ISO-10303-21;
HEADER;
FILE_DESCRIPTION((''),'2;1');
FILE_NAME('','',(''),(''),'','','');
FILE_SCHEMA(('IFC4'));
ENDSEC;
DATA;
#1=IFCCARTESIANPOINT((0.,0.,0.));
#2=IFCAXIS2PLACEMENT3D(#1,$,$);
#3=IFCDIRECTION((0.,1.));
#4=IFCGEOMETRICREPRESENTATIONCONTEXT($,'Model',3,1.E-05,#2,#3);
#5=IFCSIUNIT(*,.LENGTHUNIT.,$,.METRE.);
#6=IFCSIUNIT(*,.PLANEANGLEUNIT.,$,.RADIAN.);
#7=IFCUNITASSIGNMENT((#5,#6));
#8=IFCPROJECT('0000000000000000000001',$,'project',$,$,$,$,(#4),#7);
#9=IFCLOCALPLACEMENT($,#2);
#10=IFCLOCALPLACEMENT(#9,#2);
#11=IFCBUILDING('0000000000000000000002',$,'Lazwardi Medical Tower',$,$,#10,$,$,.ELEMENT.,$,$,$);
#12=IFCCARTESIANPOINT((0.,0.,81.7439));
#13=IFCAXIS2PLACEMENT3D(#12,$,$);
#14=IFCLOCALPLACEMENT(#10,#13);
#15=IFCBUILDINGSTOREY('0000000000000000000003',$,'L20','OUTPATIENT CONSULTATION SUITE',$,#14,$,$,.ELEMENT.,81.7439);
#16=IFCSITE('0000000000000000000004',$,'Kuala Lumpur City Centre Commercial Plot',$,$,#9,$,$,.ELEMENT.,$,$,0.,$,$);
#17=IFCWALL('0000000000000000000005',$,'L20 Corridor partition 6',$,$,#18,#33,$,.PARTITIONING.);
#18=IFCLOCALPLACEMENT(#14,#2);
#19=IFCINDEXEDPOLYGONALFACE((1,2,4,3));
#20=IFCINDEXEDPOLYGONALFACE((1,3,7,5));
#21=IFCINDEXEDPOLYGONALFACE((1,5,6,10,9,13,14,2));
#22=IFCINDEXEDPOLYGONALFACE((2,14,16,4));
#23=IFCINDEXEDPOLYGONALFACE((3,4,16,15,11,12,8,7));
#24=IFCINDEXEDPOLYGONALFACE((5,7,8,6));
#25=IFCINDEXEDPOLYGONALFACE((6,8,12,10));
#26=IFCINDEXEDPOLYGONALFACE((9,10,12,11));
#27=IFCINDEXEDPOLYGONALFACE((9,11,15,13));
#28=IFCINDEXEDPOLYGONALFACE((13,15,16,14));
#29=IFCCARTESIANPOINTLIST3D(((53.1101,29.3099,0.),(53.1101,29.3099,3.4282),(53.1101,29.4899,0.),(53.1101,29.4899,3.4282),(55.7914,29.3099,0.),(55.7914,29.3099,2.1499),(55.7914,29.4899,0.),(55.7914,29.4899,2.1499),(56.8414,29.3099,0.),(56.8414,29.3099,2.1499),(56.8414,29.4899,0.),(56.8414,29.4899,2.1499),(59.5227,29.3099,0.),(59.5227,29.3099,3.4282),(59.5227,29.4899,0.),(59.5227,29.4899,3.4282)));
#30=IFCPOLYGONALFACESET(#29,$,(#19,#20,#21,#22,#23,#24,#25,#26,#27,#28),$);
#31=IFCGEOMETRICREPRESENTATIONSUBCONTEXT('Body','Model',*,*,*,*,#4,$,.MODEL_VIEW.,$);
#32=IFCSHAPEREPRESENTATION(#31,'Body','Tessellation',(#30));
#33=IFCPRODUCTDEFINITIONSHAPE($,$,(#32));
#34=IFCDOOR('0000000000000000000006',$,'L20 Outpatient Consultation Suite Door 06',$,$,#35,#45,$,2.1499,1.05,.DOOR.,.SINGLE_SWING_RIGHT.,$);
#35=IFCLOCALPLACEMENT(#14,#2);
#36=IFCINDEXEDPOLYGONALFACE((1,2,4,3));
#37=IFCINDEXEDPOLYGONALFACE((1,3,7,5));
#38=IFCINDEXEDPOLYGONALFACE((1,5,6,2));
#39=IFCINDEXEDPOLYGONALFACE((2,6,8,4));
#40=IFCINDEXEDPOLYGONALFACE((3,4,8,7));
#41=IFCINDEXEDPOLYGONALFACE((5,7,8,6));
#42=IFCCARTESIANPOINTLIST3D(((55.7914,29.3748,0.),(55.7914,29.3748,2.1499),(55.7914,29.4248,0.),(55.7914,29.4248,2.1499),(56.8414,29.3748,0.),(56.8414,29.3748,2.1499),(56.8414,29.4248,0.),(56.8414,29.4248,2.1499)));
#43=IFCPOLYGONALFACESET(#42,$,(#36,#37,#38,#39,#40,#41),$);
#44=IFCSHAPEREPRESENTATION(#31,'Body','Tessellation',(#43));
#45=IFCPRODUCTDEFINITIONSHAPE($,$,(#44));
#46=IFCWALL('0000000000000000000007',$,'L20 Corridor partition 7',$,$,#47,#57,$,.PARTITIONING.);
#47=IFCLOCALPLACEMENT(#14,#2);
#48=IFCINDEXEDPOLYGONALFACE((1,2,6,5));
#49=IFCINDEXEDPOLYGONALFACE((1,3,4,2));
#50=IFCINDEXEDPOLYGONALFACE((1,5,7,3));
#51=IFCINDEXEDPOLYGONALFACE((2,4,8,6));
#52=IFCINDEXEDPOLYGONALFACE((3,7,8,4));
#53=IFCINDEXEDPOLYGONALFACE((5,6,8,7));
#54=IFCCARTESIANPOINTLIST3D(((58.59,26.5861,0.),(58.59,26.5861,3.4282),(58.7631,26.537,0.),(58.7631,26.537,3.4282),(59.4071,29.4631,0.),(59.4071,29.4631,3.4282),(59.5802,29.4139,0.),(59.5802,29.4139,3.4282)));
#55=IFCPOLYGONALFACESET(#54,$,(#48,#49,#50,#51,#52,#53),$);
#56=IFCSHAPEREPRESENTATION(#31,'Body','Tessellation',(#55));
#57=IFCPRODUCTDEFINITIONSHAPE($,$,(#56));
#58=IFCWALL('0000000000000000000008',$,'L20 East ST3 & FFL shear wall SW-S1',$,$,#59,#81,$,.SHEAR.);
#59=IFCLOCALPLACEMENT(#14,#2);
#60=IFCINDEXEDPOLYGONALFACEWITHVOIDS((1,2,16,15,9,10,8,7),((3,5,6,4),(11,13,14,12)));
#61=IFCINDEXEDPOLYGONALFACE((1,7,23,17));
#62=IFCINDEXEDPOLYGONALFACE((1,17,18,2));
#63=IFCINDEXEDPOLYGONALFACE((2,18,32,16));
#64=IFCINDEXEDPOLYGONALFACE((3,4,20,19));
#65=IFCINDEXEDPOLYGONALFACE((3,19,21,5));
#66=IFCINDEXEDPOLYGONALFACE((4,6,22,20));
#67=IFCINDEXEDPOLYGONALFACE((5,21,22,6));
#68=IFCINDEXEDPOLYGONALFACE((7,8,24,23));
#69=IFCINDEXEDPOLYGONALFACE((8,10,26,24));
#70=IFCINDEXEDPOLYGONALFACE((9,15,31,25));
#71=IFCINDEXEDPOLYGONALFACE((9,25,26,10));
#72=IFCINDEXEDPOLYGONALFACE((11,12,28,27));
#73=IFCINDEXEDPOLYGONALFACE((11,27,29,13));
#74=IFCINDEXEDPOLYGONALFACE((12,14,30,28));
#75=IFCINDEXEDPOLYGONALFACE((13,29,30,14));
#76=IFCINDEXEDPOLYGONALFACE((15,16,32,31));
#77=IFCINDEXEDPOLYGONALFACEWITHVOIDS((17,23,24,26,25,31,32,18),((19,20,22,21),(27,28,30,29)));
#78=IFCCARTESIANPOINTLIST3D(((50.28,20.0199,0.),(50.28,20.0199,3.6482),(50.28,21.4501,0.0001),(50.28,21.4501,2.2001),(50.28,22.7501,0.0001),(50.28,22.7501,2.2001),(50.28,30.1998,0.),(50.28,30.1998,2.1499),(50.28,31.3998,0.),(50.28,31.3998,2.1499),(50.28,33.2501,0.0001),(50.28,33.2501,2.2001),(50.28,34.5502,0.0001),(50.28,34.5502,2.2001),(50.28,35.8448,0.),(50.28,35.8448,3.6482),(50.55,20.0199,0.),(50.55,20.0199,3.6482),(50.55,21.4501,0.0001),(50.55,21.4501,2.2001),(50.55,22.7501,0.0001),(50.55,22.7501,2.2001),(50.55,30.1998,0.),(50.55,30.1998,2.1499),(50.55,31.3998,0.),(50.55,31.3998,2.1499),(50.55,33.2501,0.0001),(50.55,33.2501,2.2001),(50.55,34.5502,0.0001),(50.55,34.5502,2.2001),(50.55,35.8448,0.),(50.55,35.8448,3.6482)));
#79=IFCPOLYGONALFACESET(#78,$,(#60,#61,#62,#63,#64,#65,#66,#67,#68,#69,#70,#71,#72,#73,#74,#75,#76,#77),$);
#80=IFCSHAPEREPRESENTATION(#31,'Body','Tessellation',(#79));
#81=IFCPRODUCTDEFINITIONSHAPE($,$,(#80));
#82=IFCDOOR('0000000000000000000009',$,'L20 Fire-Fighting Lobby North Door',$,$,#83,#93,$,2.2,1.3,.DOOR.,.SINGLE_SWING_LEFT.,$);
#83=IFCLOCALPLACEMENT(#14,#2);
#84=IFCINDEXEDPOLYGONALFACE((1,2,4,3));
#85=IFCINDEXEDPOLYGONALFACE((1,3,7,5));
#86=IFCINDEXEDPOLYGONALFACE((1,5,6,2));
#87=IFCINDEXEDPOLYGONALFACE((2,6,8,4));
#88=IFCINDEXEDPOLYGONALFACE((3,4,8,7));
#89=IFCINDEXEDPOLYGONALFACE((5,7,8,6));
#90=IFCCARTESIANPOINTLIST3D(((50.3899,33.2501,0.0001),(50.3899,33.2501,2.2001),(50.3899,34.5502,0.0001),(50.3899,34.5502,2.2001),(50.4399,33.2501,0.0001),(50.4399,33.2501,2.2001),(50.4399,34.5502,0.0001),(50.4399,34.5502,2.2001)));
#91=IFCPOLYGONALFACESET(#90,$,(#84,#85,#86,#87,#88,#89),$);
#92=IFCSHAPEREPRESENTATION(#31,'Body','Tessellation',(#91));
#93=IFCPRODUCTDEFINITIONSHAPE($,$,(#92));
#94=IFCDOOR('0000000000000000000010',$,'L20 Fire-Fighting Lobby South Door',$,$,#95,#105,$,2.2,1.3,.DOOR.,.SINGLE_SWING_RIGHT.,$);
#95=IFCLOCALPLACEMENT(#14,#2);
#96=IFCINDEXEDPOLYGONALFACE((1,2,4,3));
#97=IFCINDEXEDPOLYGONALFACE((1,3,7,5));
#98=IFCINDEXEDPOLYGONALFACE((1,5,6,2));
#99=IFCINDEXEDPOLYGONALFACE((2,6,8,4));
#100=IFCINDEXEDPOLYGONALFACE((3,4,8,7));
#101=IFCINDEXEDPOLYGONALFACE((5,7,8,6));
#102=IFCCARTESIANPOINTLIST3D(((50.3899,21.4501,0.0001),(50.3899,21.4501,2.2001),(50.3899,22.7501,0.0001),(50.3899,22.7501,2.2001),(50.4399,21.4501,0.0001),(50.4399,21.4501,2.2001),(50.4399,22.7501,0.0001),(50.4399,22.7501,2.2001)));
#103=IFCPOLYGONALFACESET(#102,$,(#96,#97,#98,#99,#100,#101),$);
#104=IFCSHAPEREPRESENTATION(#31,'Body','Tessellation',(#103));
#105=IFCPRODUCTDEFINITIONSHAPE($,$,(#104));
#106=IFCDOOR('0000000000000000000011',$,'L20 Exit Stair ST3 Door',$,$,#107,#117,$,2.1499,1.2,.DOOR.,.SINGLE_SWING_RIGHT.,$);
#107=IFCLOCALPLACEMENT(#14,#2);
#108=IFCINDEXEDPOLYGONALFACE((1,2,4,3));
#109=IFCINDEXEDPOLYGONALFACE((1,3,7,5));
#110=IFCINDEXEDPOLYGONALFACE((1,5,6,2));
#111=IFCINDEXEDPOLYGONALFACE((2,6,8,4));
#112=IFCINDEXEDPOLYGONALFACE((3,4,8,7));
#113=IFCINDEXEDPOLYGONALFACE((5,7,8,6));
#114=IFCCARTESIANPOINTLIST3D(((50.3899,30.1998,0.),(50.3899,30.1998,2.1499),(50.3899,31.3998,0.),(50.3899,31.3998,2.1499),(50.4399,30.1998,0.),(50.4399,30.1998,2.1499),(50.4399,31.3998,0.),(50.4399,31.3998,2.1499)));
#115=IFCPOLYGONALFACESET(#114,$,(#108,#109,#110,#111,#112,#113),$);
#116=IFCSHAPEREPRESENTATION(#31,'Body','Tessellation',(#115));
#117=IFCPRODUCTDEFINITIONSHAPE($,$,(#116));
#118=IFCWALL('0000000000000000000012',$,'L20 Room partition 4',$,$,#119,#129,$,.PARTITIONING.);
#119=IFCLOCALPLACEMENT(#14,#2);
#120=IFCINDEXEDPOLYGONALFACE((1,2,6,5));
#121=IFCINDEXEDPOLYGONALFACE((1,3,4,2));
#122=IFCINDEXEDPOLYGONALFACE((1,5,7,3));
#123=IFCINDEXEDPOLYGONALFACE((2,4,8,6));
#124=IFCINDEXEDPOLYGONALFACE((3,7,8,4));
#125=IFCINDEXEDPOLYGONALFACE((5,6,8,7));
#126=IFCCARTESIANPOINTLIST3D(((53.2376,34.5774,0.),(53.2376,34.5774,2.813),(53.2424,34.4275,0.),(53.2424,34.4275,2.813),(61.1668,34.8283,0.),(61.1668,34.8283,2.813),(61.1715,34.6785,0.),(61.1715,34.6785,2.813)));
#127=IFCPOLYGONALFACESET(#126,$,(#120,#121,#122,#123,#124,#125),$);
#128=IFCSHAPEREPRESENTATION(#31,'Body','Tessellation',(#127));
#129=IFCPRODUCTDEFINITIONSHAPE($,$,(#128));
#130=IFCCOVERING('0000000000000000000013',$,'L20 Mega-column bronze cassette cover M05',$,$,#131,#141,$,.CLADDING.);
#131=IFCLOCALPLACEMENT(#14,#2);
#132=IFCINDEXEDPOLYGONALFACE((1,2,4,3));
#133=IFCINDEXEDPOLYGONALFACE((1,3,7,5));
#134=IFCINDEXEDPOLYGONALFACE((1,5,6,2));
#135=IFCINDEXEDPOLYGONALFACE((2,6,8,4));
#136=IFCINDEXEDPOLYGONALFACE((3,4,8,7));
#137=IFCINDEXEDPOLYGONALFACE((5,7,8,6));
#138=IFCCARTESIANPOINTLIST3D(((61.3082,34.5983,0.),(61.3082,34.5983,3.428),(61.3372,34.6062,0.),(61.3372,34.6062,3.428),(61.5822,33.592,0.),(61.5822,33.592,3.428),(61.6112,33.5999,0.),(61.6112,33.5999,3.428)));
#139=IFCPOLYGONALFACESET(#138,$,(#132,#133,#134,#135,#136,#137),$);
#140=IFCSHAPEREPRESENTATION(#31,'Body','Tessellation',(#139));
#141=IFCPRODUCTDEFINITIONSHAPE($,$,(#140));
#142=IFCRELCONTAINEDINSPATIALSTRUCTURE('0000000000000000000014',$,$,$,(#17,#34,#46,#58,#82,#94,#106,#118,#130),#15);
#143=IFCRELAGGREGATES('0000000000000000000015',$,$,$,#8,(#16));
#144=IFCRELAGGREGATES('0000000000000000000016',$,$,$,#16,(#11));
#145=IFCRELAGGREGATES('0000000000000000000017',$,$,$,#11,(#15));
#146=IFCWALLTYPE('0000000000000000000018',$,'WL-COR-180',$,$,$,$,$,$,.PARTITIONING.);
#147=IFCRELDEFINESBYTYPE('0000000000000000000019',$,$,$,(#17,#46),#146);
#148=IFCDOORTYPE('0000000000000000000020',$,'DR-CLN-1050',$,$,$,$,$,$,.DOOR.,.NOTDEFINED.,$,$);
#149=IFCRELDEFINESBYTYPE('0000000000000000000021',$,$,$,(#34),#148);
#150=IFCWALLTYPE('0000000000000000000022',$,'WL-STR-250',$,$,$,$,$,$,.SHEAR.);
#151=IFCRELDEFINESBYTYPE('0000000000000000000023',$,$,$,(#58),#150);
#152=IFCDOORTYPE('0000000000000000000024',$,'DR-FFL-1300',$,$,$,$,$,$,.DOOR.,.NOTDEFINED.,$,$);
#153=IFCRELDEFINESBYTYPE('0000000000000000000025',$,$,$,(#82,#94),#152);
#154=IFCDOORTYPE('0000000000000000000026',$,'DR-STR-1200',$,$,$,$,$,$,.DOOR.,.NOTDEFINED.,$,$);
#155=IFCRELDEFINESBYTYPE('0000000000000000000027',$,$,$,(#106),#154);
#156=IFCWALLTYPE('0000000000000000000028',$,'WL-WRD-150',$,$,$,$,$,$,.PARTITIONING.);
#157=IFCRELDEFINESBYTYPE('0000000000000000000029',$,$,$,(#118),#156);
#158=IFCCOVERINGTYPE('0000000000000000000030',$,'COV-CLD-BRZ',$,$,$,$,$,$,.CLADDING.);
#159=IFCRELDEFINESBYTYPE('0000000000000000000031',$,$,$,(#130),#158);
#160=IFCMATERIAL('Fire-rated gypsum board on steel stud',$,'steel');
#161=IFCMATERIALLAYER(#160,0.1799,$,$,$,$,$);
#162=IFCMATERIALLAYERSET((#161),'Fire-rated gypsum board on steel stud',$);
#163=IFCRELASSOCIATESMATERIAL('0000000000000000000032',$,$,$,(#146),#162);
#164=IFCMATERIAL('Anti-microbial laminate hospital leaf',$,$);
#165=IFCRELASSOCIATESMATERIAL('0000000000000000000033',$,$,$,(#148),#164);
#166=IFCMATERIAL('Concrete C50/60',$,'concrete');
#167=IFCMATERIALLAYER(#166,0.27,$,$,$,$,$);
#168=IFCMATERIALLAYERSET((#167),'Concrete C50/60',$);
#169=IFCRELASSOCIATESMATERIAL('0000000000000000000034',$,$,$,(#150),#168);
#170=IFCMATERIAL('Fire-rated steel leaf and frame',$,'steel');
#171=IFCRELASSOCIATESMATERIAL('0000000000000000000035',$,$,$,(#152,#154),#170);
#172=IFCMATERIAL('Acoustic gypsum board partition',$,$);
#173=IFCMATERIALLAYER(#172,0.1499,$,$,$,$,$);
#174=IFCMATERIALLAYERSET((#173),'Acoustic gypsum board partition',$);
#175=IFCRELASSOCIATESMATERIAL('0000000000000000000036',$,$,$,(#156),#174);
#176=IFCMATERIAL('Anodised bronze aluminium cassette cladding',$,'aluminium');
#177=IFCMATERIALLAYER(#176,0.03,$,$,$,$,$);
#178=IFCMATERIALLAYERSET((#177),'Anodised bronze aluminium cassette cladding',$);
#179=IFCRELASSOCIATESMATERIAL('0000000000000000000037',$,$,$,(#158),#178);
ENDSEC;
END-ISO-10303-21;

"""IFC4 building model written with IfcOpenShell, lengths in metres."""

from ifc_helpers import new_model, si_unit, direction, frame, frame_2d, origin, origin_2d, place, context, subcontext, project, spatial, rectangle, extrude, material, layer, layer_set, type_object, element, fill, save


model = new_model("IFC4")

# Units and contexts
model_context = context("Model", 3, precision=1e-05, world=origin(), true_north=direction((0.0, 1.0)))
body_context = subcontext(model_context, "Body", "Model", "MODEL_VIEW")
ifc_project = project(units=[si_unit("LENGTHUNIT", "METRE"), si_unit("PLANEANGLEUNIT", "RADIAN")], contexts=[model_context])

# Site, building, storey
site_placement = place(None, origin())
site = spatial("IfcSite", under=ifc_project, at=site_placement, Name="Kuala Lumpur City Centre Commercial Plot", CompositionType="ELEMENT", RefElevation=0.0)
building_placement = place(site_placement, origin())
building = spatial("IfcBuilding", under=site, at=building_placement, Name="Lazwardi Medical Tower", CompositionType="ELEMENT")
storey_placement = place(building_placement, frame((0.0, 0.0, 81.7439)))
storey = spatial("IfcBuildingStorey", under=building, at=storey_placement, Name="L20", Description="OUTPATIENT CONSULTATION SUITE", CompositionType="ELEMENT", Elevation=81.7439)

# Shared definitions
ifc_material_1 = material(Name="Fire-rated gypsum board on steel stud", Category="steel")
ifc_layer_1 = layer(ifc_material_1, 0.1799)
ifc_layer_set_1 = layer_set([ifc_layer_1], Name="Fire-rated gypsum board on steel stud")
wall_type_1 = type_object("IfcWallType", Name="WL-COR-180", PredefinedType="PARTITIONING", material=ifc_layer_set_1)

# Wall, opening, door
wall_1_placement = place(storey_placement, frame((53.1101, 29.3999, 0.0), z_axis=(0.0, 0.0, 1.0), x_axis=(1.0, 0.0, 0.0)))
wall_1 = element("IfcWall", 1, at=wall_1_placement, inside=storey, type_object=wall_type_1, Name="L20 Corridor partition 6", PredefinedType="PARTITIONING", context=body_context, shape_type="SweptSolid", body=[
    extrude(rectangle(XDim=6.4126, YDim=0.1799, at=frame_2d((3.2063, 0.0))), origin(), (0.0, 0.0, 1.0), 3.4282),
])
opening_1_placement = place(wall_1_placement, frame((2.6814, 0.0, 0.0)))
opening_1 = element("IfcOpeningElement", 2, at=opening_1_placement, cuts=wall_1, PredefinedType="OPENING", context=body_context, shape_type="SweptSolid", body=[
    extrude(rectangle(XDim=1.05, YDim=2.1499, at=frame_2d((0.5249, 1.075))), frame((0.0, 0.0999, 0.0), z_axis=(0.0, -1.0, 0.0), x_axis=(1.0, 0.0, 0.0)), (0.0, 0.0, 1.0), 0.2),
])
ifc_material_2 = material(Name="Anti-microbial laminate hospital leaf")
door_type_1 = type_object("IfcDoorType", Name="DR-CLN-1050", OperationType="NOTDEFINED", PredefinedType="DOOR", material=ifc_material_2)
door_1_placement = place(opening_1_placement, origin())
door_1 = element("IfcDoor", 3, at=door_1_placement, inside=storey, type_object=door_type_1, Name="L20 Outpatient Consultation Suite Door 06", OperationType="SINGLE_SWING_RIGHT", OverallHeight=2.1499, OverallWidth=1.05, PredefinedType="DOOR", context=body_context, shape_type="SweptSolid", body=[
    extrude(rectangle(XDim=1.05, YDim=2.1499, at=frame_2d((0.5249, 1.075))), frame((0.0, 0.0249, 0.0), z_axis=(0.0, -1.0, 0.0), x_axis=(1.0, 0.0, 0.0)), (0.0, 0.0, 1.0), 0.05),
])
fill(opening_1, door_1)

# Wall
wall_2_placement = place(storey_placement, frame((59.4937, 29.4385, 0.0), z_axis=(0.0, 0.0, 1.0), x_axis=(-0.273222, -0.961951, 0.0)))
element("IfcWall", 4, at=wall_2_placement, inside=storey, type_object=wall_type_1, Name="L20 Corridor partition 7", PredefinedType="PARTITIONING", context=body_context, shape_type="SweptSolid", body=[
    extrude(rectangle(XDim=2.9907, YDim=0.1799, at=frame_2d((1.4954, 0.0))), origin(), (0.0, 0.0, 1.0), 3.4282),
])

# Wall, openings, doors
ifc_material_3 = material(Name="Concrete C50/60", Category="concrete")
ifc_layer_2 = layer(ifc_material_3, 0.27)
ifc_layer_set_2 = layer_set([ifc_layer_2], Name="Concrete C50/60")
wall_type_2 = type_object("IfcWallType", Name="WL-STR-250", PredefinedType="SHEAR", material=ifc_layer_set_2)
wall_3_placement = place(storey_placement, frame((50.415, 35.845, 0.0), z_axis=(0.0, 0.0, 1.0), x_axis=(0.0, -1.0, 0.0)))
wall_3 = element("IfcWall", 5, at=wall_3_placement, inside=storey, type_object=wall_type_2, Name="L20 East ST3 & FFL shear wall SW-S1", PredefinedType="SHEAR", context=body_context, shape_type="SweptSolid", body=[
    extrude(rectangle(XDim=15.825, YDim=0.27, at=frame_2d((7.9126, 0.0))), origin(), (0.0, 0.0, 1.0), 3.6482),
])
opening_2_placement = place(wall_3_placement, frame((4.4451, 0.0, 0.0)))
opening_2 = element("IfcOpeningElement", 6, at=opening_2_placement, cuts=wall_3, PredefinedType="OPENING", context=body_context, shape_type="SweptSolid", body=[
    extrude(rectangle(XDim=1.2, YDim=2.1499, at=frame_2d((0.6001, 1.075))), frame((0.0, 0.145, 0.0), z_axis=(0.0, -1.0, 0.0), x_axis=(1.0, 0.0, 0.0)), (0.0, 0.0, 1.0), 0.29),
])
opening_3_placement = place(wall_3_placement, frame((1.2949, 0.0, 0.0)))
opening_3 = element("IfcOpeningElement", 7, at=opening_3_placement, cuts=wall_3, PredefinedType="OPENING", context=body_context, shape_type="SweptSolid", body=[
    extrude(rectangle(XDim=1.3, YDim=2.2, at=frame_2d((0.6499, 1.1001))), frame((0.0, 0.145, 0.0), z_axis=(0.0, -1.0, 0.0), x_axis=(1.0, 0.0, 0.0)), (0.0, 0.0, 1.0), 0.29),
])
opening_4_placement = place(wall_3_placement, frame((13.095, 0.0, 0.0)))
opening_4 = element("IfcOpeningElement", 8, at=opening_4_placement, cuts=wall_3, PredefinedType="OPENING", context=body_context, shape_type="SweptSolid", body=[
    extrude(rectangle(XDim=1.3, YDim=2.2, at=frame_2d((0.6499, 1.1001))), frame((0.0, 0.145, 0.0), z_axis=(0.0, -1.0, 0.0), x_axis=(1.0, 0.0, 0.0)), (0.0, 0.0, 1.0), 0.29),
])
ifc_material_4 = material(Name="Fire-rated steel leaf and frame", Category="steel")
door_type_2 = type_object("IfcDoorType", Name="DR-FFL-1300", OperationType="NOTDEFINED", PredefinedType="DOOR", material=ifc_material_4)
door_2_placement = place(opening_3_placement, origin())
door_2 = element("IfcDoor", 9, at=door_2_placement, inside=storey, type_object=door_type_2, Name="L20 Fire-Fighting Lobby North Door", OperationType="SINGLE_SWING_LEFT", OverallHeight=2.2, OverallWidth=1.3, PredefinedType="DOOR", context=body_context, shape_type="SweptSolid", body=[
    extrude(rectangle(XDim=1.3, YDim=2.2, at=frame_2d((0.6499, 1.1001))), frame((0.0, 0.0249, 0.0), z_axis=(0.0, -1.0, 0.0), x_axis=(1.0, 0.0, 0.0)), (0.0, 0.0, 1.0), 0.05),
])
fill(opening_3, door_2)
door_3_placement = place(opening_4_placement, origin())
door_3 = element("IfcDoor", 10, at=door_3_placement, inside=storey, type_object=door_type_2, Name="L20 Fire-Fighting Lobby South Door", OperationType="SINGLE_SWING_RIGHT", OverallHeight=2.2, OverallWidth=1.3, PredefinedType="DOOR", context=body_context, shape_type="SweptSolid", body=[
    extrude(rectangle(XDim=1.3, YDim=2.2, at=frame_2d((0.6499, 1.1001))), frame((0.0, 0.0249, 0.0), z_axis=(0.0, -1.0, 0.0), x_axis=(1.0, 0.0, 0.0)), (0.0, 0.0, 1.0), 0.05),
])
fill(opening_4, door_3)
door_type_3 = type_object("IfcDoorType", Name="DR-STR-1200", OperationType="NOTDEFINED", PredefinedType="DOOR", material=ifc_material_4)
door_4_placement = place(opening_2_placement, origin())
door_4 = element("IfcDoor", 11, at=door_4_placement, inside=storey, type_object=door_type_3, Name="L20 Exit Stair ST3 Door", OperationType="SINGLE_SWING_RIGHT", OverallHeight=2.1499, OverallWidth=1.2, PredefinedType="DOOR", context=body_context, shape_type="SweptSolid", body=[
    extrude(rectangle(XDim=1.2, YDim=2.1499, at=frame_2d((0.6001, 1.075))), frame((0.0, 0.0249, 0.0), z_axis=(0.0, -1.0, 0.0), x_axis=(1.0, 0.0, 0.0)), (0.0, 0.0, 1.0), 0.05),
])
fill(opening_2, door_4)

# Wall
ifc_material_5 = material(Name="Acoustic gypsum board partition")
ifc_layer_3 = layer(ifc_material_5, 0.1499)
ifc_layer_set_3 = layer_set([ifc_layer_3], Name="Acoustic gypsum board partition")
wall_type_3 = type_object("IfcWallType", Name="WL-WRD-150", PredefinedType="PARTITIONING", material=ifc_layer_set_3)
wall_4_placement = place(storey_placement, frame((53.24, 34.5024, 0.0), z_axis=(0.0, 0.0, 1.0), x_axis=(0.999499, 0.031636, 0.0)))
element("IfcWall", 12, at=wall_4_placement, inside=storey, type_object=wall_type_3, Name="L20 Room partition 4", PredefinedType="PARTITIONING", context=body_context, shape_type="SweptSolid", body=[
    extrude(rectangle(XDim=7.9331, YDim=0.1499, at=frame_2d((3.9666, 0.0))), origin(), (0.0, 0.0, 1.0), 2.813),
])

# Covering
ifc_material_6 = material(Name="Anodised bronze aluminium cassette cladding", Category="aluminium")
ifc_layer_4 = layer(ifc_material_6, 0.03)
ifc_layer_set_4 = layer_set([ifc_layer_4], Name="Anodised bronze aluminium cassette cladding")
covering_type = type_object("IfcCoveringType", Name="COV-CLD-BRZ", PredefinedType="CLADDING", material=ifc_layer_set_4)
covering_placement = place(storey_placement, frame((61.4597, 34.0991, 0.0), z_axis=(0.0, 0.0, 1.0), x_axis=(-0.262696, 0.964879, 0.0)))
element("IfcCovering", 13, at=covering_placement, inside=storey, type_object=covering_type, Name="L20 Mega-column bronze cassette cover M05", PredefinedType="CLADDING", context=body_context, shape_type="SweptSolid", body=[
    extrude(rectangle(XDim=1.043, YDim=0.03, at=origin_2d()), origin(), (0.0, 0.0, 1.0), 3.428),
])

save(model, "model.ifc")
